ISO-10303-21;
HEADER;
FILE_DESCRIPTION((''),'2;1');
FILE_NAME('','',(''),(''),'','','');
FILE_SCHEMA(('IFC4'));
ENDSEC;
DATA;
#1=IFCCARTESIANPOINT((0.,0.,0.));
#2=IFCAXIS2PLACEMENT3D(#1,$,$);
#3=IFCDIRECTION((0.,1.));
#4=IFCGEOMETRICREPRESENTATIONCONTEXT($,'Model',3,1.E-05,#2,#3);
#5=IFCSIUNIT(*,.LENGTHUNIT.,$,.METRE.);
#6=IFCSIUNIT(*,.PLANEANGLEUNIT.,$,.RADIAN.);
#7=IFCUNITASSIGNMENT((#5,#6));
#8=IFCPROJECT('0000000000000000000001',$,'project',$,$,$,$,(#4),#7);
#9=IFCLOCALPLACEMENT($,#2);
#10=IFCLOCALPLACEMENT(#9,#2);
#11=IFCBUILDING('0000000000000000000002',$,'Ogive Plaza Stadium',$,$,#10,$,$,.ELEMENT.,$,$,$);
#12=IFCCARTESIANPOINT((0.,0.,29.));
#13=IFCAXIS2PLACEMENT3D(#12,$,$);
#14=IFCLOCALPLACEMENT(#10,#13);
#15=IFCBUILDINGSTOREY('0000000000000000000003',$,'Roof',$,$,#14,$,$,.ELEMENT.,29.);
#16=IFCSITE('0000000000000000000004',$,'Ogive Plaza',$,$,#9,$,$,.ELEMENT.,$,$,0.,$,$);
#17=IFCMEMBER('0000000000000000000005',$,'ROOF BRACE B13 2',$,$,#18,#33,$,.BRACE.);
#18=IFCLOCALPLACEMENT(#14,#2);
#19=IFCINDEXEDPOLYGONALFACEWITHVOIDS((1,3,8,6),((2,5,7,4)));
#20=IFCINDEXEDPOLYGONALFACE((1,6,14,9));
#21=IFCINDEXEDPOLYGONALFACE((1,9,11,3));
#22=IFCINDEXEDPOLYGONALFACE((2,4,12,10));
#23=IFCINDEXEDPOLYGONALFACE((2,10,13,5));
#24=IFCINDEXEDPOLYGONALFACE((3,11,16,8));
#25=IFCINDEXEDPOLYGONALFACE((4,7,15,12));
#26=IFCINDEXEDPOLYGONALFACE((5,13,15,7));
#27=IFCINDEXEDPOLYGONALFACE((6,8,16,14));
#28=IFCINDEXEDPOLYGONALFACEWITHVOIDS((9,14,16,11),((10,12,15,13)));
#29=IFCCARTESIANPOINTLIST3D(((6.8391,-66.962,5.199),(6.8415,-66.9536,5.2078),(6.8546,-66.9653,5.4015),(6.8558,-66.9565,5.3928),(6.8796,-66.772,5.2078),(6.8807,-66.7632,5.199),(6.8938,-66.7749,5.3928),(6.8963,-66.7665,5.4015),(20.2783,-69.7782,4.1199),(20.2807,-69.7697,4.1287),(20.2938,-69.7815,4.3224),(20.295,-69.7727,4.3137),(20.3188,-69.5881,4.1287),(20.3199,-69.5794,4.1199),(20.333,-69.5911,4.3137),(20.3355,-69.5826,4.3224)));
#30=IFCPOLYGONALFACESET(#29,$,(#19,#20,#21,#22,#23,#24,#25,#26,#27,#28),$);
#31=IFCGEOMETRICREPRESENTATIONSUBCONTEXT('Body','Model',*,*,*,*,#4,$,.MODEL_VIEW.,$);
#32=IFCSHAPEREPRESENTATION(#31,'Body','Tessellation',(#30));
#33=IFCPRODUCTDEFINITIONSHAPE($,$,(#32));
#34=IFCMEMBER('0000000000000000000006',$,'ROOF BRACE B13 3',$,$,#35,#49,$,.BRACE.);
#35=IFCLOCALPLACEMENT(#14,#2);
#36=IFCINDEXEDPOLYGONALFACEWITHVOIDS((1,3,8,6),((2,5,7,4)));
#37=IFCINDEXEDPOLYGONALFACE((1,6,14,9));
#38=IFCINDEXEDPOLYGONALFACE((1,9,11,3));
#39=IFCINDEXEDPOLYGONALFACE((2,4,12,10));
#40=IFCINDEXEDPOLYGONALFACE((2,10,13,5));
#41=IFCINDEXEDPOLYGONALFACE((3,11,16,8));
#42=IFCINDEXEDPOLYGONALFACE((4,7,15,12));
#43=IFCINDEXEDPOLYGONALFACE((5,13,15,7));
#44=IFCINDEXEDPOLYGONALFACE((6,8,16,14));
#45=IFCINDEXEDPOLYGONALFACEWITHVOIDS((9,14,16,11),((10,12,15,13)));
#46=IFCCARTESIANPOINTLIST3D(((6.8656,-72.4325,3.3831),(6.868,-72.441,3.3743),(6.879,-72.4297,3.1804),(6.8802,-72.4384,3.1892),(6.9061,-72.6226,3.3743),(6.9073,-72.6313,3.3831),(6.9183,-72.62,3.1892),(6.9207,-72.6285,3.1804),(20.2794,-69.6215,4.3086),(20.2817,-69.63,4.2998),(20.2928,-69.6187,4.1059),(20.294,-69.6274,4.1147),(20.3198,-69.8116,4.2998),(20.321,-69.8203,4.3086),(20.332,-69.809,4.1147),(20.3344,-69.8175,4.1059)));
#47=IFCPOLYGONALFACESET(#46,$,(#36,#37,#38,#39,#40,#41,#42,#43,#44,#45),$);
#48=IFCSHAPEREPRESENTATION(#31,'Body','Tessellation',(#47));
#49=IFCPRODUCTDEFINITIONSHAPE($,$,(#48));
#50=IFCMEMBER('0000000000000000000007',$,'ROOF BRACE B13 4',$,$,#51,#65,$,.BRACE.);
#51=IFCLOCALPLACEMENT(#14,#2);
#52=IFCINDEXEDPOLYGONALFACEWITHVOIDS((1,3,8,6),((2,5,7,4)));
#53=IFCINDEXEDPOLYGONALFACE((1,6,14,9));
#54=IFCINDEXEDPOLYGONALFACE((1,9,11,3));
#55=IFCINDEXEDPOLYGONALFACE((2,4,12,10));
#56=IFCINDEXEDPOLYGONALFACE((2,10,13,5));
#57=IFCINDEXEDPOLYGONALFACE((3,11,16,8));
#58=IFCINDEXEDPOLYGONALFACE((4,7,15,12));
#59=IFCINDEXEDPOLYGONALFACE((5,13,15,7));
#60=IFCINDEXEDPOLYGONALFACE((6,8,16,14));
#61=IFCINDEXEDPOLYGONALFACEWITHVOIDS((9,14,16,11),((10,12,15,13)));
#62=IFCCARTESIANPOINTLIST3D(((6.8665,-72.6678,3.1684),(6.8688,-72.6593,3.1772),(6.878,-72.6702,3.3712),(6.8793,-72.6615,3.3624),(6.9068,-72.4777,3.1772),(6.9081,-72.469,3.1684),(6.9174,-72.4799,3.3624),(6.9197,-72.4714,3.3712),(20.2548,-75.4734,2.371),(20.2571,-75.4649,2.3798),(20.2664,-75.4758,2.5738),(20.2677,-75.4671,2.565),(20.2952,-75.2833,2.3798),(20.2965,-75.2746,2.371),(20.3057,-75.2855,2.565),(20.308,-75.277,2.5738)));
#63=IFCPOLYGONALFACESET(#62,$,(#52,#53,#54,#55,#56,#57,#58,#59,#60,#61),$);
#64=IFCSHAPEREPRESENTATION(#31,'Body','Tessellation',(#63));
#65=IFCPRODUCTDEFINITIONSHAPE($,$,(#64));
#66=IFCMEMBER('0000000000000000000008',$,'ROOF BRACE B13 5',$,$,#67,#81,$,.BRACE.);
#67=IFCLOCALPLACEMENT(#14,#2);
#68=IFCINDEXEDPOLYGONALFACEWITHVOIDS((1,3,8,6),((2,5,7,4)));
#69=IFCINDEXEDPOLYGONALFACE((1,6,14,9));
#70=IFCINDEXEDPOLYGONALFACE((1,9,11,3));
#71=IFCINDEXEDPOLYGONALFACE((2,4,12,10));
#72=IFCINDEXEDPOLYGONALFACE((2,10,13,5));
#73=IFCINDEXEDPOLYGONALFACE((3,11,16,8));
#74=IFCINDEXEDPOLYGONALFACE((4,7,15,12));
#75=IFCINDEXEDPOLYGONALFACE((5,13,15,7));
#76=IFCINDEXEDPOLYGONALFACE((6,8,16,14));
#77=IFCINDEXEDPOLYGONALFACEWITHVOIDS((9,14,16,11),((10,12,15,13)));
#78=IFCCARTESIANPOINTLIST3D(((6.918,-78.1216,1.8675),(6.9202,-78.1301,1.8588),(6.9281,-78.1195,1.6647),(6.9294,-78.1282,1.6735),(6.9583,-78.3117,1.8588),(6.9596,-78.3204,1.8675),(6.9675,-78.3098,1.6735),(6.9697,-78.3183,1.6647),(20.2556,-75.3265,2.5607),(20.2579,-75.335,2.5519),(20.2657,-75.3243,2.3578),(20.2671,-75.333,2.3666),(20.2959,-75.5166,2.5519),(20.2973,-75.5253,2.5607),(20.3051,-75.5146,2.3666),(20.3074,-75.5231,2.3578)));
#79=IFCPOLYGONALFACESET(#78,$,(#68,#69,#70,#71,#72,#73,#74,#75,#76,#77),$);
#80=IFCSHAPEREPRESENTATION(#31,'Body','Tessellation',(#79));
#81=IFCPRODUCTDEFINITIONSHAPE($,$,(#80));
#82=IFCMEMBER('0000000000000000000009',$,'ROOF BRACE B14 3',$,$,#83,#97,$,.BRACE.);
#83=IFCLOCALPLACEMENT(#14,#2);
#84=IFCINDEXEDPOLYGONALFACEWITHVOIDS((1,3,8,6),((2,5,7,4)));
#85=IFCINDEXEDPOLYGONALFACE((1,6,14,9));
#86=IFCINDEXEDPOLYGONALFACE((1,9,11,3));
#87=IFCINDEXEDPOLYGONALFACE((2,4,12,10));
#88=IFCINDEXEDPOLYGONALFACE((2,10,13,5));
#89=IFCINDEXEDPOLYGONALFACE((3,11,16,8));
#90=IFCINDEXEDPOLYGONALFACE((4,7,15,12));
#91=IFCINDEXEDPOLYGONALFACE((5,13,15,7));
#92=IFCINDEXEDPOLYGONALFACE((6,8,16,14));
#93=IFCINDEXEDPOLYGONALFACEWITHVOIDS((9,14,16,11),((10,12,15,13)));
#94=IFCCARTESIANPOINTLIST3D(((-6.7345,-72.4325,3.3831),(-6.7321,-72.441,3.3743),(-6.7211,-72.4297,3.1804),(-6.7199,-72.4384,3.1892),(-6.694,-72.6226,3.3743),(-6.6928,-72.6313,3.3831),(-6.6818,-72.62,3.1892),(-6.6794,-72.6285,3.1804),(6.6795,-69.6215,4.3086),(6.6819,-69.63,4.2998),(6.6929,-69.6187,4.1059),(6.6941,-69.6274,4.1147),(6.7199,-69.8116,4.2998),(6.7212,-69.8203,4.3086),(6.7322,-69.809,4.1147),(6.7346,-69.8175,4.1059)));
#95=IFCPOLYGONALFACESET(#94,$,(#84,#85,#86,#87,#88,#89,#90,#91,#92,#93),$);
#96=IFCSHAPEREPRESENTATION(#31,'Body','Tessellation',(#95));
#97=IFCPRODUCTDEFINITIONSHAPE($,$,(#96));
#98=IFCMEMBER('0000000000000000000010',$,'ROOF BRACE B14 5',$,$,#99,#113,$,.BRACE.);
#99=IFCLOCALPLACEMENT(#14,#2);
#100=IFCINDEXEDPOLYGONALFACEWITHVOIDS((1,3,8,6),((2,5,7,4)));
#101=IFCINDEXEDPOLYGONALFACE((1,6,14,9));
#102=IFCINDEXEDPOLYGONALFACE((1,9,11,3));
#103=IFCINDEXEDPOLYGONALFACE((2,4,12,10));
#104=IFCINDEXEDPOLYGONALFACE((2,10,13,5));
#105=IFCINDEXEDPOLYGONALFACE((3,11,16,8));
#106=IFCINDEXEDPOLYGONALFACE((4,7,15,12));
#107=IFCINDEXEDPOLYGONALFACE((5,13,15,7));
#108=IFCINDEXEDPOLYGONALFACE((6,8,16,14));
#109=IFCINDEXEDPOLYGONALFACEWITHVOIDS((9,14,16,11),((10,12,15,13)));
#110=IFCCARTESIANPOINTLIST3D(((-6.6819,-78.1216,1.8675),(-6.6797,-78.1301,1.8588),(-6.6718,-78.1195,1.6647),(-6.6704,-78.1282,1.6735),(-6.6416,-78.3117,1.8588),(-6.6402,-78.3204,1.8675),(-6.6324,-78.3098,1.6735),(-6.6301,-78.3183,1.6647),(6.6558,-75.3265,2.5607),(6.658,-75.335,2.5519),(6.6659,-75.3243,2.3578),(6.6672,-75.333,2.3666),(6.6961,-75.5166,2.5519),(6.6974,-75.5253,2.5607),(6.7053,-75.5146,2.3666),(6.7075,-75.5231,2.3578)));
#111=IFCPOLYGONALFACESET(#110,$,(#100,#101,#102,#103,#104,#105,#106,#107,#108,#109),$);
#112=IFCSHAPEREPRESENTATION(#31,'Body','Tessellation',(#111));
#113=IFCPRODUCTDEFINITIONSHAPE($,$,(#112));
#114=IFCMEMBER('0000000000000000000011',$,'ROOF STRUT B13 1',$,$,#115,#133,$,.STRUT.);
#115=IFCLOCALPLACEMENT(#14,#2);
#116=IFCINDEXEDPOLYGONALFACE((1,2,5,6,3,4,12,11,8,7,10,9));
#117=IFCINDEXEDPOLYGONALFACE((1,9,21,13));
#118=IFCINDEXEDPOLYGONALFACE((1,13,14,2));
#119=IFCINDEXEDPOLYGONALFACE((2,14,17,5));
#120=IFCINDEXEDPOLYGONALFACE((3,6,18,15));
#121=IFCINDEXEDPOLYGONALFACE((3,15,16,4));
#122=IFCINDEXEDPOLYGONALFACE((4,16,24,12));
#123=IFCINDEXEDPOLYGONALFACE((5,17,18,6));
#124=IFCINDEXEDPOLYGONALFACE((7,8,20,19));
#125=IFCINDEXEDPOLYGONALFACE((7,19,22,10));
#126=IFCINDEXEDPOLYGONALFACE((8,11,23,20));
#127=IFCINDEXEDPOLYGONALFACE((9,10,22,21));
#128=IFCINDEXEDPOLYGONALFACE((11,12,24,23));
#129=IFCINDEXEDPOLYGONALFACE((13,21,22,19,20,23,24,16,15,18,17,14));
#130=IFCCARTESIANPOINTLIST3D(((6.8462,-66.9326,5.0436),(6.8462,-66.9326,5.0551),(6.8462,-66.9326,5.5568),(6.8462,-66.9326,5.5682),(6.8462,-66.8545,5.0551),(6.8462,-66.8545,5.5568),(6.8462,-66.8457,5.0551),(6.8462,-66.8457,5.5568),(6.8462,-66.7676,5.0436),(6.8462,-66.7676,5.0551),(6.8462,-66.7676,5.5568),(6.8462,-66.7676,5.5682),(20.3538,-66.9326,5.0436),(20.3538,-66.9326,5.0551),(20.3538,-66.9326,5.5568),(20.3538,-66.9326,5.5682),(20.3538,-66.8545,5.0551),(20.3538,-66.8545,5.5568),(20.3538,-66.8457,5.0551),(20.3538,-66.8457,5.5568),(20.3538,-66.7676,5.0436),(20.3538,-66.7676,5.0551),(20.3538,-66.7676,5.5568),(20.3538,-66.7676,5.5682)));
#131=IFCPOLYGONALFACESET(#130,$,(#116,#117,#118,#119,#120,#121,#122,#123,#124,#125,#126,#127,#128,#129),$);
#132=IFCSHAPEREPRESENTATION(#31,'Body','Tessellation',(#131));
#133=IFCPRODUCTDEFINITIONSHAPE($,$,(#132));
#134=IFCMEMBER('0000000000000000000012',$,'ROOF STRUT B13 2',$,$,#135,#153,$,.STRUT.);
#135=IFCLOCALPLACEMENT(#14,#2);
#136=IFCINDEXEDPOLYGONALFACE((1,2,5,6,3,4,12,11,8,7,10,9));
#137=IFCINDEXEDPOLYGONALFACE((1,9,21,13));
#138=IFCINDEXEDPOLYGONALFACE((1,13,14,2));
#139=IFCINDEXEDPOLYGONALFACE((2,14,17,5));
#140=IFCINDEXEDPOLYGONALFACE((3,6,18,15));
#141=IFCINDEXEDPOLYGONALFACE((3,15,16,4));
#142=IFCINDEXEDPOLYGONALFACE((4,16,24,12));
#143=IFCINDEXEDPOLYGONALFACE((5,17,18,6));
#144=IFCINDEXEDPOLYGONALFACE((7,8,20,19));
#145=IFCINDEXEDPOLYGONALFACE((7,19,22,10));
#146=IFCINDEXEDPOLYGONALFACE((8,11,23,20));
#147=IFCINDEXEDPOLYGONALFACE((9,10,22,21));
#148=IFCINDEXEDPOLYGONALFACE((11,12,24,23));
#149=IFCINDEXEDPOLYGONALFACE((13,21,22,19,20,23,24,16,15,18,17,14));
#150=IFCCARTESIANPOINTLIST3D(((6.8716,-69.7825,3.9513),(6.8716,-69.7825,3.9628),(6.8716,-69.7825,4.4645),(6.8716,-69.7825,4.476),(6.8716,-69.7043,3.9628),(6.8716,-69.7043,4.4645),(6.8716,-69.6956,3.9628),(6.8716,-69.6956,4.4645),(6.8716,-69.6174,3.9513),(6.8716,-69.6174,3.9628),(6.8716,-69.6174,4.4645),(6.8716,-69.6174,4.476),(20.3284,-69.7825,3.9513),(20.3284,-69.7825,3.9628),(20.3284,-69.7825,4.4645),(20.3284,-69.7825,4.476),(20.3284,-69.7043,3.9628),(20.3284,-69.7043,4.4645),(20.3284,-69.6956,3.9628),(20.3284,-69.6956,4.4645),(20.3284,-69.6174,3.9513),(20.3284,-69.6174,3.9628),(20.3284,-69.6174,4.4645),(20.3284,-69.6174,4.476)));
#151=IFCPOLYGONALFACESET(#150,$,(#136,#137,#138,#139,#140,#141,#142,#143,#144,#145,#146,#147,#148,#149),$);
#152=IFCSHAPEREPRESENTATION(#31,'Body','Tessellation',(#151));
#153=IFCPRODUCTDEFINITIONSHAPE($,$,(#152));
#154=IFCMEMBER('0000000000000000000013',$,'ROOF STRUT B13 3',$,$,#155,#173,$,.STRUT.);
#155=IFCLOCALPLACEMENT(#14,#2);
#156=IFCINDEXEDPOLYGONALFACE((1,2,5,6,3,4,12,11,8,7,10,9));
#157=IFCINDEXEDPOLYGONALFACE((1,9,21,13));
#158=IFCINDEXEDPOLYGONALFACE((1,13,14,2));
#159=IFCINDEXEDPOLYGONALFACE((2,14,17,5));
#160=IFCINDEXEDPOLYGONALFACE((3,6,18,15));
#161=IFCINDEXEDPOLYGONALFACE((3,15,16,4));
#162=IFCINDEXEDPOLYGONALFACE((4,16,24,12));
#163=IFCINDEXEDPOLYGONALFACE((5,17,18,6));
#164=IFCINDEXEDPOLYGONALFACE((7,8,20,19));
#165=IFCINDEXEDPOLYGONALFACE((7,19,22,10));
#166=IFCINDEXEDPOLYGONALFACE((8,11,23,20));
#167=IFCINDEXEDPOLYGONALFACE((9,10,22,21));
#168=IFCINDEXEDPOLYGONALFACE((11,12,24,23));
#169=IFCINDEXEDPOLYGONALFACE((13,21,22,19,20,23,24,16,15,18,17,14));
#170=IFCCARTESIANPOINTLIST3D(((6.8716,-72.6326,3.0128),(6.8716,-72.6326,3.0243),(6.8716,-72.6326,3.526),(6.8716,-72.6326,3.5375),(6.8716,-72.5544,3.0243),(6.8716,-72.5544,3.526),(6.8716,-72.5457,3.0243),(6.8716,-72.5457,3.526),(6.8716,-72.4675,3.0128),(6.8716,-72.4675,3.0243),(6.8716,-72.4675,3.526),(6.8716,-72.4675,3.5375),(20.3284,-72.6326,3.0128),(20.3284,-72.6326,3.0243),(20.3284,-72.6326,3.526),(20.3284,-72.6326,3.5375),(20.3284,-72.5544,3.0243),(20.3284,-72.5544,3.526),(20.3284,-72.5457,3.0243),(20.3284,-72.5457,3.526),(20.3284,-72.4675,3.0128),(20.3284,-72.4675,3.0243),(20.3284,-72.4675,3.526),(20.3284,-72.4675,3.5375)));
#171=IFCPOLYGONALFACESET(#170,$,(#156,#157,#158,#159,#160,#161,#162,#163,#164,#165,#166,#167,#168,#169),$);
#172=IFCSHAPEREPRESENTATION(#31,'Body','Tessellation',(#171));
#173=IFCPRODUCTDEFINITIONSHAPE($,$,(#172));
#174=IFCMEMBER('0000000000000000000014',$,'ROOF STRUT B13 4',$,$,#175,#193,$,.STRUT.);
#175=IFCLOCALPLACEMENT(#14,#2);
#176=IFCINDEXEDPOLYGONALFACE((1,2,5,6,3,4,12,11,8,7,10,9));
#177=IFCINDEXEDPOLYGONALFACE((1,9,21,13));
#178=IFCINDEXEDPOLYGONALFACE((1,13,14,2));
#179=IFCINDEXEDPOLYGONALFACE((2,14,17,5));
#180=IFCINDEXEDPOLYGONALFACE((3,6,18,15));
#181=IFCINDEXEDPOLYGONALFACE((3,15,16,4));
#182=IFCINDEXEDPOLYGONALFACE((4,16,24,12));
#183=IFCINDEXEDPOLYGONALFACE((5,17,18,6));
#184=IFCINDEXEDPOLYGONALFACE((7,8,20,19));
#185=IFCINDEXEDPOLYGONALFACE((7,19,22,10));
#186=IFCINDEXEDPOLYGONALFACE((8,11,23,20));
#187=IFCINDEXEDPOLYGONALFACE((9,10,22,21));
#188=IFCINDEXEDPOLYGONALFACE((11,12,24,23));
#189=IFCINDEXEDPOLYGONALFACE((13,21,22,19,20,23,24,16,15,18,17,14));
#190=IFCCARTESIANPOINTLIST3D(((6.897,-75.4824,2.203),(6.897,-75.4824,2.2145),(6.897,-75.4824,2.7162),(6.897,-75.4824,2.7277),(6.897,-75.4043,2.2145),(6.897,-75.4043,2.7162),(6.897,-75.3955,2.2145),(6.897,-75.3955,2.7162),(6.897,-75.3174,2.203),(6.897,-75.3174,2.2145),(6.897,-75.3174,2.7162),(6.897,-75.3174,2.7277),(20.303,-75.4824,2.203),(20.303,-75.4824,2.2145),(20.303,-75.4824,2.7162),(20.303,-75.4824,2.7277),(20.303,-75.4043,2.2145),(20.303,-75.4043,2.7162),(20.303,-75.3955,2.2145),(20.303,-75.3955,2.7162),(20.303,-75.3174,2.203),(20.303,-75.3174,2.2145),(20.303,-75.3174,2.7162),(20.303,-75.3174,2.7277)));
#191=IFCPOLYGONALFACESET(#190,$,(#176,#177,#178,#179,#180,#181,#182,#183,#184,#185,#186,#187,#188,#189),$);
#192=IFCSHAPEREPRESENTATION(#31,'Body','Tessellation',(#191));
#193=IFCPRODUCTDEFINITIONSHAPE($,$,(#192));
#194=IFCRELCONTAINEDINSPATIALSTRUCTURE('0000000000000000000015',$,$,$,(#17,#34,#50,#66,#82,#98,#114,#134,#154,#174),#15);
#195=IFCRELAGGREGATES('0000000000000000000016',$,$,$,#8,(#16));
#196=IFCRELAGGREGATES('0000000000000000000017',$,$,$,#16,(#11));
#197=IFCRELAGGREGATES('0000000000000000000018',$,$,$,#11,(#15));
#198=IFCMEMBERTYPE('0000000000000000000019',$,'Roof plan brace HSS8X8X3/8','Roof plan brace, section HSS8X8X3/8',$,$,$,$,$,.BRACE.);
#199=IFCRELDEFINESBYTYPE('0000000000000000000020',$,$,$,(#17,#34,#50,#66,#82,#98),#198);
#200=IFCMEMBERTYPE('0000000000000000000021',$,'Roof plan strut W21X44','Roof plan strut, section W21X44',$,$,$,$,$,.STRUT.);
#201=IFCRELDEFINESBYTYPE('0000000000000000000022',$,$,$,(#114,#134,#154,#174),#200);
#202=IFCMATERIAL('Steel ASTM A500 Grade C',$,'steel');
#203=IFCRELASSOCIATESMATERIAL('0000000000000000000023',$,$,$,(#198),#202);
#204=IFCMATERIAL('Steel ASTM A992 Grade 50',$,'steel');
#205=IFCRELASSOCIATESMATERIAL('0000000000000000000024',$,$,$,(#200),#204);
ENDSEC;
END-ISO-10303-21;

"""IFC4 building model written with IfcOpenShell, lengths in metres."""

from ifc_helpers import new_model, si_unit, direction, frame, origin, origin_2d, place, context, subcontext, project, spatial, hollow_rectangle, i_section, extrude, material, material_profile, profile_set, type_object, element, save


model = new_model("IFC4")

# Units and contexts
model_context = context("Model", 3, precision=1e-05, world=origin(), true_north=direction((0.0, 1.0)))
body_context = subcontext(model_context, "Body", "Model", "MODEL_VIEW")
ifc_project = project(units=[si_unit("LENGTHUNIT", "METRE"), si_unit("PLANEANGLEUNIT", "RADIAN")], contexts=[model_context])

# Site, building, storey
site_placement = place(None, origin())
site = spatial("IfcSite", under=ifc_project, at=site_placement, Name="Ogive Plaza", CompositionType="ELEMENT", RefElevation=0.0)
building_placement = place(site_placement, origin())
building = spatial("IfcBuilding", under=site, at=building_placement, Name="Ogive Plaza Stadium", CompositionType="ELEMENT")
storey_placement = place(building_placement, frame((0.0, 0.0, 29.0)))
storey = spatial("IfcBuildingStorey", under=building, at=storey_placement, Name="Roof", CompositionType="ELEMENT", Elevation=29.0)

# Members
ifc_material_1 = material(Name="Steel ASTM A500 Grade C", Category="steel")
ifc_material_profile_1 = material_profile(ifc_material_1, hollow_rectangle(XDim=0.2031, YDim=0.2031, WallThickness=0.0088, at=origin_2d()), Name="HSS8X8X3/8")
ifc_profile_set_1 = profile_set([ifc_material_profile_1], Name="Steel ASTM A500 Grade C")
member_type_1 = type_object("IfcMemberType", Name="Roof plan brace HSS8X8X3/8", Description="Roof plan brace, section HSS8X8X3/8", PredefinedType="BRACE", material=ifc_profile_set_1)
member_1_placement = place(storey_placement, frame((6.8677, -66.8643, 5.3003), z_axis=(0.975734, -0.204463, -0.078347), x_axis=(0.205094, 0.978742, 0.0)))
element("IfcMember", 1, at=member_1_placement, inside=storey, type_object=member_type_1, Name="ROOF BRACE B13 2", PredefinedType="BRACE", context=body_context, shape_type="SweptSolid", body=[
    extrude(hollow_rectangle(XDim=0.2031, YDim=0.2031, WallThickness=0.0088, at=origin_2d()), origin(), (0.0, 0.0, 1.0), 13.7734),
])
member_2_placement = place(storey_placement, frame((20.3069, -69.7195, 4.2073), z_axis=(-0.976515, -0.204641, -0.067378), x_axis=(0.205107, -0.97874, 0.0)))
element("IfcMember", 2, at=member_2_placement, inside=storey, type_object=member_type_1, Name="ROOF BRACE B13 3", PredefinedType="BRACE", context=body_context, shape_type="SweptSolid", body=[
    extrude(hollow_rectangle(XDim=0.2031, YDim=0.2031, WallThickness=0.0088, at=origin_2d()), origin(), (0.0, 0.0, 1.0), 13.7363),
])
member_3_placement = place(storey_placement, frame((6.8931, -72.5696, 3.2698), z_axis=(0.977082, -0.204756, -0.058191), x_axis=(0.205104, 0.97874, 0.0)))
element("IfcMember", 3, at=member_3_placement, inside=storey, type_object=member_type_1, Name="ROOF BRACE B13 4", PredefinedType="BRACE", context=body_context, shape_type="SweptSolid", body=[
    extrude(hollow_rectangle(XDim=0.2031, YDim=0.2031, WallThickness=0.0088, at=origin_2d()), origin(), (0.0, 0.0, 1.0), 13.7024),
])
member_4_placement = place(storey_placement, frame((20.2815, -75.4248, 2.4592), z_axis=(-0.977475, -0.204849, -0.050796), x_axis=(0.205114, -0.978738, 0.0)))
element("IfcMember", 4, at=member_4_placement, inside=storey, type_object=member_type_1, Name="ROOF BRACE B13 5", PredefinedType="BRACE", context=body_context, shape_type="SweptSolid", body=[
    extrude(hollow_rectangle(XDim=0.2031, YDim=0.2031, WallThickness=0.0088, at=origin_2d()), origin(), (0.0, 0.0, 1.0), 13.645),
])
member_5_placement = place(storey_placement, frame((6.707, -69.7195, 4.2073), z_axis=(-0.976516, -0.204638, -0.067377), x_axis=(0.205104, -0.97874, 0.0)))
element("IfcMember", 5, at=member_5_placement, inside=storey, type_object=member_type_1, Name="ROOF BRACE B14 3", PredefinedType="BRACE", context=body_context, shape_type="SweptSolid", body=[
    extrude(hollow_rectangle(XDim=0.2031, YDim=0.2031, WallThickness=0.0088, at=origin_2d()), origin(), (0.0, 0.0, 1.0), 13.7366),
])
member_6_placement = place(storey_placement, frame((6.6816, -75.4248, 2.4592), z_axis=(-0.977475, -0.204849, -0.050796), x_axis=(0.205114, -0.978738, 0.0)))
element("IfcMember", 6, at=member_6_placement, inside=storey, type_object=member_type_1, Name="ROOF BRACE B14 5", PredefinedType="BRACE", context=body_context, shape_type="SweptSolid", body=[
    extrude(hollow_rectangle(XDim=0.2031, YDim=0.2031, WallThickness=0.0088, at=origin_2d()), origin(), (0.0, 0.0, 1.0), 13.645),
])
ifc_material_2 = material(Name="Steel ASTM A992 Grade 50", Category="steel")
ifc_material_profile_2 = material_profile(ifc_material_2, i_section(OverallWidth=0.165, OverallDepth=0.5247, WebThickness=0.0088, FlangeThickness=0.0115, at=origin_2d()), Name="W21X44")
ifc_profile_set_2 = profile_set([ifc_material_profile_2], Name="Steel ASTM A992 Grade 50")
member_type_2 = type_object("IfcMemberType", Name="Roof plan strut W21X44", Description="Roof plan strut, section W21X44", PredefinedType="STRUT", material=ifc_profile_set_2)
member_7_placement = place(storey_placement, frame((20.3538, -66.8501, 5.3059), z_axis=(-1.0, 0.0, 0.0), x_axis=(0.0, -1.0, 0.0)))
element("IfcMember", 7, at=member_7_placement, inside=storey, type_object=member_type_2, Name="ROOF STRUT B13 1", PredefinedType="STRUT", context=body_context, shape_type="SweptSolid", body=[
    extrude(i_section(OverallWidth=0.165, OverallDepth=0.5247, WebThickness=0.0088, FlangeThickness=0.0115, at=origin_2d()), origin(), (0.0, 0.0, 1.0), 13.5076),
])
for number, where, z_axis, x_axis, name in (
    (8, (20.3284, -69.7, 4.2136), (-1.0, 0.0, 0.0), (0.0, -1.0, 0.0), "ROOF STRUT B13 2"),
    (9, (20.3284, -72.55, 3.2751), (-1.0, 0.0, 0.0), (0.0, -1.0, 0.0), "ROOF STRUT B13 3"),
):
    element("IfcMember", number, at=place(storey_placement, frame(where, z_axis=z_axis, x_axis=x_axis)), inside=storey, type_object=member_type_2, Name=name, PredefinedType="STRUT", context=body_context, shape_type="SweptSolid", body=[
        extrude(i_section(OverallWidth=0.165, OverallDepth=0.5247, WebThickness=0.0088, FlangeThickness=0.0115, at=origin_2d()), origin(), (0.0, 0.0, 1.0), 13.4568),
    ])
member_8_placement = place(storey_placement, frame((20.303, -75.3999, 2.4653), z_axis=(-1.0, 0.0, 0.0), x_axis=(0.0, -1.0, 0.0)))
element("IfcMember", 10, at=member_8_placement, inside=storey, type_object=member_type_2, Name="ROOF STRUT B13 4", PredefinedType="STRUT", context=body_context, shape_type="SweptSolid", body=[
    extrude(i_section(OverallWidth=0.165, OverallDepth=0.5247, WebThickness=0.0088, FlangeThickness=0.0115, at=origin_2d()), origin(), (0.0, 0.0, 1.0), 13.406),
])

save(model, "model.ifc")
